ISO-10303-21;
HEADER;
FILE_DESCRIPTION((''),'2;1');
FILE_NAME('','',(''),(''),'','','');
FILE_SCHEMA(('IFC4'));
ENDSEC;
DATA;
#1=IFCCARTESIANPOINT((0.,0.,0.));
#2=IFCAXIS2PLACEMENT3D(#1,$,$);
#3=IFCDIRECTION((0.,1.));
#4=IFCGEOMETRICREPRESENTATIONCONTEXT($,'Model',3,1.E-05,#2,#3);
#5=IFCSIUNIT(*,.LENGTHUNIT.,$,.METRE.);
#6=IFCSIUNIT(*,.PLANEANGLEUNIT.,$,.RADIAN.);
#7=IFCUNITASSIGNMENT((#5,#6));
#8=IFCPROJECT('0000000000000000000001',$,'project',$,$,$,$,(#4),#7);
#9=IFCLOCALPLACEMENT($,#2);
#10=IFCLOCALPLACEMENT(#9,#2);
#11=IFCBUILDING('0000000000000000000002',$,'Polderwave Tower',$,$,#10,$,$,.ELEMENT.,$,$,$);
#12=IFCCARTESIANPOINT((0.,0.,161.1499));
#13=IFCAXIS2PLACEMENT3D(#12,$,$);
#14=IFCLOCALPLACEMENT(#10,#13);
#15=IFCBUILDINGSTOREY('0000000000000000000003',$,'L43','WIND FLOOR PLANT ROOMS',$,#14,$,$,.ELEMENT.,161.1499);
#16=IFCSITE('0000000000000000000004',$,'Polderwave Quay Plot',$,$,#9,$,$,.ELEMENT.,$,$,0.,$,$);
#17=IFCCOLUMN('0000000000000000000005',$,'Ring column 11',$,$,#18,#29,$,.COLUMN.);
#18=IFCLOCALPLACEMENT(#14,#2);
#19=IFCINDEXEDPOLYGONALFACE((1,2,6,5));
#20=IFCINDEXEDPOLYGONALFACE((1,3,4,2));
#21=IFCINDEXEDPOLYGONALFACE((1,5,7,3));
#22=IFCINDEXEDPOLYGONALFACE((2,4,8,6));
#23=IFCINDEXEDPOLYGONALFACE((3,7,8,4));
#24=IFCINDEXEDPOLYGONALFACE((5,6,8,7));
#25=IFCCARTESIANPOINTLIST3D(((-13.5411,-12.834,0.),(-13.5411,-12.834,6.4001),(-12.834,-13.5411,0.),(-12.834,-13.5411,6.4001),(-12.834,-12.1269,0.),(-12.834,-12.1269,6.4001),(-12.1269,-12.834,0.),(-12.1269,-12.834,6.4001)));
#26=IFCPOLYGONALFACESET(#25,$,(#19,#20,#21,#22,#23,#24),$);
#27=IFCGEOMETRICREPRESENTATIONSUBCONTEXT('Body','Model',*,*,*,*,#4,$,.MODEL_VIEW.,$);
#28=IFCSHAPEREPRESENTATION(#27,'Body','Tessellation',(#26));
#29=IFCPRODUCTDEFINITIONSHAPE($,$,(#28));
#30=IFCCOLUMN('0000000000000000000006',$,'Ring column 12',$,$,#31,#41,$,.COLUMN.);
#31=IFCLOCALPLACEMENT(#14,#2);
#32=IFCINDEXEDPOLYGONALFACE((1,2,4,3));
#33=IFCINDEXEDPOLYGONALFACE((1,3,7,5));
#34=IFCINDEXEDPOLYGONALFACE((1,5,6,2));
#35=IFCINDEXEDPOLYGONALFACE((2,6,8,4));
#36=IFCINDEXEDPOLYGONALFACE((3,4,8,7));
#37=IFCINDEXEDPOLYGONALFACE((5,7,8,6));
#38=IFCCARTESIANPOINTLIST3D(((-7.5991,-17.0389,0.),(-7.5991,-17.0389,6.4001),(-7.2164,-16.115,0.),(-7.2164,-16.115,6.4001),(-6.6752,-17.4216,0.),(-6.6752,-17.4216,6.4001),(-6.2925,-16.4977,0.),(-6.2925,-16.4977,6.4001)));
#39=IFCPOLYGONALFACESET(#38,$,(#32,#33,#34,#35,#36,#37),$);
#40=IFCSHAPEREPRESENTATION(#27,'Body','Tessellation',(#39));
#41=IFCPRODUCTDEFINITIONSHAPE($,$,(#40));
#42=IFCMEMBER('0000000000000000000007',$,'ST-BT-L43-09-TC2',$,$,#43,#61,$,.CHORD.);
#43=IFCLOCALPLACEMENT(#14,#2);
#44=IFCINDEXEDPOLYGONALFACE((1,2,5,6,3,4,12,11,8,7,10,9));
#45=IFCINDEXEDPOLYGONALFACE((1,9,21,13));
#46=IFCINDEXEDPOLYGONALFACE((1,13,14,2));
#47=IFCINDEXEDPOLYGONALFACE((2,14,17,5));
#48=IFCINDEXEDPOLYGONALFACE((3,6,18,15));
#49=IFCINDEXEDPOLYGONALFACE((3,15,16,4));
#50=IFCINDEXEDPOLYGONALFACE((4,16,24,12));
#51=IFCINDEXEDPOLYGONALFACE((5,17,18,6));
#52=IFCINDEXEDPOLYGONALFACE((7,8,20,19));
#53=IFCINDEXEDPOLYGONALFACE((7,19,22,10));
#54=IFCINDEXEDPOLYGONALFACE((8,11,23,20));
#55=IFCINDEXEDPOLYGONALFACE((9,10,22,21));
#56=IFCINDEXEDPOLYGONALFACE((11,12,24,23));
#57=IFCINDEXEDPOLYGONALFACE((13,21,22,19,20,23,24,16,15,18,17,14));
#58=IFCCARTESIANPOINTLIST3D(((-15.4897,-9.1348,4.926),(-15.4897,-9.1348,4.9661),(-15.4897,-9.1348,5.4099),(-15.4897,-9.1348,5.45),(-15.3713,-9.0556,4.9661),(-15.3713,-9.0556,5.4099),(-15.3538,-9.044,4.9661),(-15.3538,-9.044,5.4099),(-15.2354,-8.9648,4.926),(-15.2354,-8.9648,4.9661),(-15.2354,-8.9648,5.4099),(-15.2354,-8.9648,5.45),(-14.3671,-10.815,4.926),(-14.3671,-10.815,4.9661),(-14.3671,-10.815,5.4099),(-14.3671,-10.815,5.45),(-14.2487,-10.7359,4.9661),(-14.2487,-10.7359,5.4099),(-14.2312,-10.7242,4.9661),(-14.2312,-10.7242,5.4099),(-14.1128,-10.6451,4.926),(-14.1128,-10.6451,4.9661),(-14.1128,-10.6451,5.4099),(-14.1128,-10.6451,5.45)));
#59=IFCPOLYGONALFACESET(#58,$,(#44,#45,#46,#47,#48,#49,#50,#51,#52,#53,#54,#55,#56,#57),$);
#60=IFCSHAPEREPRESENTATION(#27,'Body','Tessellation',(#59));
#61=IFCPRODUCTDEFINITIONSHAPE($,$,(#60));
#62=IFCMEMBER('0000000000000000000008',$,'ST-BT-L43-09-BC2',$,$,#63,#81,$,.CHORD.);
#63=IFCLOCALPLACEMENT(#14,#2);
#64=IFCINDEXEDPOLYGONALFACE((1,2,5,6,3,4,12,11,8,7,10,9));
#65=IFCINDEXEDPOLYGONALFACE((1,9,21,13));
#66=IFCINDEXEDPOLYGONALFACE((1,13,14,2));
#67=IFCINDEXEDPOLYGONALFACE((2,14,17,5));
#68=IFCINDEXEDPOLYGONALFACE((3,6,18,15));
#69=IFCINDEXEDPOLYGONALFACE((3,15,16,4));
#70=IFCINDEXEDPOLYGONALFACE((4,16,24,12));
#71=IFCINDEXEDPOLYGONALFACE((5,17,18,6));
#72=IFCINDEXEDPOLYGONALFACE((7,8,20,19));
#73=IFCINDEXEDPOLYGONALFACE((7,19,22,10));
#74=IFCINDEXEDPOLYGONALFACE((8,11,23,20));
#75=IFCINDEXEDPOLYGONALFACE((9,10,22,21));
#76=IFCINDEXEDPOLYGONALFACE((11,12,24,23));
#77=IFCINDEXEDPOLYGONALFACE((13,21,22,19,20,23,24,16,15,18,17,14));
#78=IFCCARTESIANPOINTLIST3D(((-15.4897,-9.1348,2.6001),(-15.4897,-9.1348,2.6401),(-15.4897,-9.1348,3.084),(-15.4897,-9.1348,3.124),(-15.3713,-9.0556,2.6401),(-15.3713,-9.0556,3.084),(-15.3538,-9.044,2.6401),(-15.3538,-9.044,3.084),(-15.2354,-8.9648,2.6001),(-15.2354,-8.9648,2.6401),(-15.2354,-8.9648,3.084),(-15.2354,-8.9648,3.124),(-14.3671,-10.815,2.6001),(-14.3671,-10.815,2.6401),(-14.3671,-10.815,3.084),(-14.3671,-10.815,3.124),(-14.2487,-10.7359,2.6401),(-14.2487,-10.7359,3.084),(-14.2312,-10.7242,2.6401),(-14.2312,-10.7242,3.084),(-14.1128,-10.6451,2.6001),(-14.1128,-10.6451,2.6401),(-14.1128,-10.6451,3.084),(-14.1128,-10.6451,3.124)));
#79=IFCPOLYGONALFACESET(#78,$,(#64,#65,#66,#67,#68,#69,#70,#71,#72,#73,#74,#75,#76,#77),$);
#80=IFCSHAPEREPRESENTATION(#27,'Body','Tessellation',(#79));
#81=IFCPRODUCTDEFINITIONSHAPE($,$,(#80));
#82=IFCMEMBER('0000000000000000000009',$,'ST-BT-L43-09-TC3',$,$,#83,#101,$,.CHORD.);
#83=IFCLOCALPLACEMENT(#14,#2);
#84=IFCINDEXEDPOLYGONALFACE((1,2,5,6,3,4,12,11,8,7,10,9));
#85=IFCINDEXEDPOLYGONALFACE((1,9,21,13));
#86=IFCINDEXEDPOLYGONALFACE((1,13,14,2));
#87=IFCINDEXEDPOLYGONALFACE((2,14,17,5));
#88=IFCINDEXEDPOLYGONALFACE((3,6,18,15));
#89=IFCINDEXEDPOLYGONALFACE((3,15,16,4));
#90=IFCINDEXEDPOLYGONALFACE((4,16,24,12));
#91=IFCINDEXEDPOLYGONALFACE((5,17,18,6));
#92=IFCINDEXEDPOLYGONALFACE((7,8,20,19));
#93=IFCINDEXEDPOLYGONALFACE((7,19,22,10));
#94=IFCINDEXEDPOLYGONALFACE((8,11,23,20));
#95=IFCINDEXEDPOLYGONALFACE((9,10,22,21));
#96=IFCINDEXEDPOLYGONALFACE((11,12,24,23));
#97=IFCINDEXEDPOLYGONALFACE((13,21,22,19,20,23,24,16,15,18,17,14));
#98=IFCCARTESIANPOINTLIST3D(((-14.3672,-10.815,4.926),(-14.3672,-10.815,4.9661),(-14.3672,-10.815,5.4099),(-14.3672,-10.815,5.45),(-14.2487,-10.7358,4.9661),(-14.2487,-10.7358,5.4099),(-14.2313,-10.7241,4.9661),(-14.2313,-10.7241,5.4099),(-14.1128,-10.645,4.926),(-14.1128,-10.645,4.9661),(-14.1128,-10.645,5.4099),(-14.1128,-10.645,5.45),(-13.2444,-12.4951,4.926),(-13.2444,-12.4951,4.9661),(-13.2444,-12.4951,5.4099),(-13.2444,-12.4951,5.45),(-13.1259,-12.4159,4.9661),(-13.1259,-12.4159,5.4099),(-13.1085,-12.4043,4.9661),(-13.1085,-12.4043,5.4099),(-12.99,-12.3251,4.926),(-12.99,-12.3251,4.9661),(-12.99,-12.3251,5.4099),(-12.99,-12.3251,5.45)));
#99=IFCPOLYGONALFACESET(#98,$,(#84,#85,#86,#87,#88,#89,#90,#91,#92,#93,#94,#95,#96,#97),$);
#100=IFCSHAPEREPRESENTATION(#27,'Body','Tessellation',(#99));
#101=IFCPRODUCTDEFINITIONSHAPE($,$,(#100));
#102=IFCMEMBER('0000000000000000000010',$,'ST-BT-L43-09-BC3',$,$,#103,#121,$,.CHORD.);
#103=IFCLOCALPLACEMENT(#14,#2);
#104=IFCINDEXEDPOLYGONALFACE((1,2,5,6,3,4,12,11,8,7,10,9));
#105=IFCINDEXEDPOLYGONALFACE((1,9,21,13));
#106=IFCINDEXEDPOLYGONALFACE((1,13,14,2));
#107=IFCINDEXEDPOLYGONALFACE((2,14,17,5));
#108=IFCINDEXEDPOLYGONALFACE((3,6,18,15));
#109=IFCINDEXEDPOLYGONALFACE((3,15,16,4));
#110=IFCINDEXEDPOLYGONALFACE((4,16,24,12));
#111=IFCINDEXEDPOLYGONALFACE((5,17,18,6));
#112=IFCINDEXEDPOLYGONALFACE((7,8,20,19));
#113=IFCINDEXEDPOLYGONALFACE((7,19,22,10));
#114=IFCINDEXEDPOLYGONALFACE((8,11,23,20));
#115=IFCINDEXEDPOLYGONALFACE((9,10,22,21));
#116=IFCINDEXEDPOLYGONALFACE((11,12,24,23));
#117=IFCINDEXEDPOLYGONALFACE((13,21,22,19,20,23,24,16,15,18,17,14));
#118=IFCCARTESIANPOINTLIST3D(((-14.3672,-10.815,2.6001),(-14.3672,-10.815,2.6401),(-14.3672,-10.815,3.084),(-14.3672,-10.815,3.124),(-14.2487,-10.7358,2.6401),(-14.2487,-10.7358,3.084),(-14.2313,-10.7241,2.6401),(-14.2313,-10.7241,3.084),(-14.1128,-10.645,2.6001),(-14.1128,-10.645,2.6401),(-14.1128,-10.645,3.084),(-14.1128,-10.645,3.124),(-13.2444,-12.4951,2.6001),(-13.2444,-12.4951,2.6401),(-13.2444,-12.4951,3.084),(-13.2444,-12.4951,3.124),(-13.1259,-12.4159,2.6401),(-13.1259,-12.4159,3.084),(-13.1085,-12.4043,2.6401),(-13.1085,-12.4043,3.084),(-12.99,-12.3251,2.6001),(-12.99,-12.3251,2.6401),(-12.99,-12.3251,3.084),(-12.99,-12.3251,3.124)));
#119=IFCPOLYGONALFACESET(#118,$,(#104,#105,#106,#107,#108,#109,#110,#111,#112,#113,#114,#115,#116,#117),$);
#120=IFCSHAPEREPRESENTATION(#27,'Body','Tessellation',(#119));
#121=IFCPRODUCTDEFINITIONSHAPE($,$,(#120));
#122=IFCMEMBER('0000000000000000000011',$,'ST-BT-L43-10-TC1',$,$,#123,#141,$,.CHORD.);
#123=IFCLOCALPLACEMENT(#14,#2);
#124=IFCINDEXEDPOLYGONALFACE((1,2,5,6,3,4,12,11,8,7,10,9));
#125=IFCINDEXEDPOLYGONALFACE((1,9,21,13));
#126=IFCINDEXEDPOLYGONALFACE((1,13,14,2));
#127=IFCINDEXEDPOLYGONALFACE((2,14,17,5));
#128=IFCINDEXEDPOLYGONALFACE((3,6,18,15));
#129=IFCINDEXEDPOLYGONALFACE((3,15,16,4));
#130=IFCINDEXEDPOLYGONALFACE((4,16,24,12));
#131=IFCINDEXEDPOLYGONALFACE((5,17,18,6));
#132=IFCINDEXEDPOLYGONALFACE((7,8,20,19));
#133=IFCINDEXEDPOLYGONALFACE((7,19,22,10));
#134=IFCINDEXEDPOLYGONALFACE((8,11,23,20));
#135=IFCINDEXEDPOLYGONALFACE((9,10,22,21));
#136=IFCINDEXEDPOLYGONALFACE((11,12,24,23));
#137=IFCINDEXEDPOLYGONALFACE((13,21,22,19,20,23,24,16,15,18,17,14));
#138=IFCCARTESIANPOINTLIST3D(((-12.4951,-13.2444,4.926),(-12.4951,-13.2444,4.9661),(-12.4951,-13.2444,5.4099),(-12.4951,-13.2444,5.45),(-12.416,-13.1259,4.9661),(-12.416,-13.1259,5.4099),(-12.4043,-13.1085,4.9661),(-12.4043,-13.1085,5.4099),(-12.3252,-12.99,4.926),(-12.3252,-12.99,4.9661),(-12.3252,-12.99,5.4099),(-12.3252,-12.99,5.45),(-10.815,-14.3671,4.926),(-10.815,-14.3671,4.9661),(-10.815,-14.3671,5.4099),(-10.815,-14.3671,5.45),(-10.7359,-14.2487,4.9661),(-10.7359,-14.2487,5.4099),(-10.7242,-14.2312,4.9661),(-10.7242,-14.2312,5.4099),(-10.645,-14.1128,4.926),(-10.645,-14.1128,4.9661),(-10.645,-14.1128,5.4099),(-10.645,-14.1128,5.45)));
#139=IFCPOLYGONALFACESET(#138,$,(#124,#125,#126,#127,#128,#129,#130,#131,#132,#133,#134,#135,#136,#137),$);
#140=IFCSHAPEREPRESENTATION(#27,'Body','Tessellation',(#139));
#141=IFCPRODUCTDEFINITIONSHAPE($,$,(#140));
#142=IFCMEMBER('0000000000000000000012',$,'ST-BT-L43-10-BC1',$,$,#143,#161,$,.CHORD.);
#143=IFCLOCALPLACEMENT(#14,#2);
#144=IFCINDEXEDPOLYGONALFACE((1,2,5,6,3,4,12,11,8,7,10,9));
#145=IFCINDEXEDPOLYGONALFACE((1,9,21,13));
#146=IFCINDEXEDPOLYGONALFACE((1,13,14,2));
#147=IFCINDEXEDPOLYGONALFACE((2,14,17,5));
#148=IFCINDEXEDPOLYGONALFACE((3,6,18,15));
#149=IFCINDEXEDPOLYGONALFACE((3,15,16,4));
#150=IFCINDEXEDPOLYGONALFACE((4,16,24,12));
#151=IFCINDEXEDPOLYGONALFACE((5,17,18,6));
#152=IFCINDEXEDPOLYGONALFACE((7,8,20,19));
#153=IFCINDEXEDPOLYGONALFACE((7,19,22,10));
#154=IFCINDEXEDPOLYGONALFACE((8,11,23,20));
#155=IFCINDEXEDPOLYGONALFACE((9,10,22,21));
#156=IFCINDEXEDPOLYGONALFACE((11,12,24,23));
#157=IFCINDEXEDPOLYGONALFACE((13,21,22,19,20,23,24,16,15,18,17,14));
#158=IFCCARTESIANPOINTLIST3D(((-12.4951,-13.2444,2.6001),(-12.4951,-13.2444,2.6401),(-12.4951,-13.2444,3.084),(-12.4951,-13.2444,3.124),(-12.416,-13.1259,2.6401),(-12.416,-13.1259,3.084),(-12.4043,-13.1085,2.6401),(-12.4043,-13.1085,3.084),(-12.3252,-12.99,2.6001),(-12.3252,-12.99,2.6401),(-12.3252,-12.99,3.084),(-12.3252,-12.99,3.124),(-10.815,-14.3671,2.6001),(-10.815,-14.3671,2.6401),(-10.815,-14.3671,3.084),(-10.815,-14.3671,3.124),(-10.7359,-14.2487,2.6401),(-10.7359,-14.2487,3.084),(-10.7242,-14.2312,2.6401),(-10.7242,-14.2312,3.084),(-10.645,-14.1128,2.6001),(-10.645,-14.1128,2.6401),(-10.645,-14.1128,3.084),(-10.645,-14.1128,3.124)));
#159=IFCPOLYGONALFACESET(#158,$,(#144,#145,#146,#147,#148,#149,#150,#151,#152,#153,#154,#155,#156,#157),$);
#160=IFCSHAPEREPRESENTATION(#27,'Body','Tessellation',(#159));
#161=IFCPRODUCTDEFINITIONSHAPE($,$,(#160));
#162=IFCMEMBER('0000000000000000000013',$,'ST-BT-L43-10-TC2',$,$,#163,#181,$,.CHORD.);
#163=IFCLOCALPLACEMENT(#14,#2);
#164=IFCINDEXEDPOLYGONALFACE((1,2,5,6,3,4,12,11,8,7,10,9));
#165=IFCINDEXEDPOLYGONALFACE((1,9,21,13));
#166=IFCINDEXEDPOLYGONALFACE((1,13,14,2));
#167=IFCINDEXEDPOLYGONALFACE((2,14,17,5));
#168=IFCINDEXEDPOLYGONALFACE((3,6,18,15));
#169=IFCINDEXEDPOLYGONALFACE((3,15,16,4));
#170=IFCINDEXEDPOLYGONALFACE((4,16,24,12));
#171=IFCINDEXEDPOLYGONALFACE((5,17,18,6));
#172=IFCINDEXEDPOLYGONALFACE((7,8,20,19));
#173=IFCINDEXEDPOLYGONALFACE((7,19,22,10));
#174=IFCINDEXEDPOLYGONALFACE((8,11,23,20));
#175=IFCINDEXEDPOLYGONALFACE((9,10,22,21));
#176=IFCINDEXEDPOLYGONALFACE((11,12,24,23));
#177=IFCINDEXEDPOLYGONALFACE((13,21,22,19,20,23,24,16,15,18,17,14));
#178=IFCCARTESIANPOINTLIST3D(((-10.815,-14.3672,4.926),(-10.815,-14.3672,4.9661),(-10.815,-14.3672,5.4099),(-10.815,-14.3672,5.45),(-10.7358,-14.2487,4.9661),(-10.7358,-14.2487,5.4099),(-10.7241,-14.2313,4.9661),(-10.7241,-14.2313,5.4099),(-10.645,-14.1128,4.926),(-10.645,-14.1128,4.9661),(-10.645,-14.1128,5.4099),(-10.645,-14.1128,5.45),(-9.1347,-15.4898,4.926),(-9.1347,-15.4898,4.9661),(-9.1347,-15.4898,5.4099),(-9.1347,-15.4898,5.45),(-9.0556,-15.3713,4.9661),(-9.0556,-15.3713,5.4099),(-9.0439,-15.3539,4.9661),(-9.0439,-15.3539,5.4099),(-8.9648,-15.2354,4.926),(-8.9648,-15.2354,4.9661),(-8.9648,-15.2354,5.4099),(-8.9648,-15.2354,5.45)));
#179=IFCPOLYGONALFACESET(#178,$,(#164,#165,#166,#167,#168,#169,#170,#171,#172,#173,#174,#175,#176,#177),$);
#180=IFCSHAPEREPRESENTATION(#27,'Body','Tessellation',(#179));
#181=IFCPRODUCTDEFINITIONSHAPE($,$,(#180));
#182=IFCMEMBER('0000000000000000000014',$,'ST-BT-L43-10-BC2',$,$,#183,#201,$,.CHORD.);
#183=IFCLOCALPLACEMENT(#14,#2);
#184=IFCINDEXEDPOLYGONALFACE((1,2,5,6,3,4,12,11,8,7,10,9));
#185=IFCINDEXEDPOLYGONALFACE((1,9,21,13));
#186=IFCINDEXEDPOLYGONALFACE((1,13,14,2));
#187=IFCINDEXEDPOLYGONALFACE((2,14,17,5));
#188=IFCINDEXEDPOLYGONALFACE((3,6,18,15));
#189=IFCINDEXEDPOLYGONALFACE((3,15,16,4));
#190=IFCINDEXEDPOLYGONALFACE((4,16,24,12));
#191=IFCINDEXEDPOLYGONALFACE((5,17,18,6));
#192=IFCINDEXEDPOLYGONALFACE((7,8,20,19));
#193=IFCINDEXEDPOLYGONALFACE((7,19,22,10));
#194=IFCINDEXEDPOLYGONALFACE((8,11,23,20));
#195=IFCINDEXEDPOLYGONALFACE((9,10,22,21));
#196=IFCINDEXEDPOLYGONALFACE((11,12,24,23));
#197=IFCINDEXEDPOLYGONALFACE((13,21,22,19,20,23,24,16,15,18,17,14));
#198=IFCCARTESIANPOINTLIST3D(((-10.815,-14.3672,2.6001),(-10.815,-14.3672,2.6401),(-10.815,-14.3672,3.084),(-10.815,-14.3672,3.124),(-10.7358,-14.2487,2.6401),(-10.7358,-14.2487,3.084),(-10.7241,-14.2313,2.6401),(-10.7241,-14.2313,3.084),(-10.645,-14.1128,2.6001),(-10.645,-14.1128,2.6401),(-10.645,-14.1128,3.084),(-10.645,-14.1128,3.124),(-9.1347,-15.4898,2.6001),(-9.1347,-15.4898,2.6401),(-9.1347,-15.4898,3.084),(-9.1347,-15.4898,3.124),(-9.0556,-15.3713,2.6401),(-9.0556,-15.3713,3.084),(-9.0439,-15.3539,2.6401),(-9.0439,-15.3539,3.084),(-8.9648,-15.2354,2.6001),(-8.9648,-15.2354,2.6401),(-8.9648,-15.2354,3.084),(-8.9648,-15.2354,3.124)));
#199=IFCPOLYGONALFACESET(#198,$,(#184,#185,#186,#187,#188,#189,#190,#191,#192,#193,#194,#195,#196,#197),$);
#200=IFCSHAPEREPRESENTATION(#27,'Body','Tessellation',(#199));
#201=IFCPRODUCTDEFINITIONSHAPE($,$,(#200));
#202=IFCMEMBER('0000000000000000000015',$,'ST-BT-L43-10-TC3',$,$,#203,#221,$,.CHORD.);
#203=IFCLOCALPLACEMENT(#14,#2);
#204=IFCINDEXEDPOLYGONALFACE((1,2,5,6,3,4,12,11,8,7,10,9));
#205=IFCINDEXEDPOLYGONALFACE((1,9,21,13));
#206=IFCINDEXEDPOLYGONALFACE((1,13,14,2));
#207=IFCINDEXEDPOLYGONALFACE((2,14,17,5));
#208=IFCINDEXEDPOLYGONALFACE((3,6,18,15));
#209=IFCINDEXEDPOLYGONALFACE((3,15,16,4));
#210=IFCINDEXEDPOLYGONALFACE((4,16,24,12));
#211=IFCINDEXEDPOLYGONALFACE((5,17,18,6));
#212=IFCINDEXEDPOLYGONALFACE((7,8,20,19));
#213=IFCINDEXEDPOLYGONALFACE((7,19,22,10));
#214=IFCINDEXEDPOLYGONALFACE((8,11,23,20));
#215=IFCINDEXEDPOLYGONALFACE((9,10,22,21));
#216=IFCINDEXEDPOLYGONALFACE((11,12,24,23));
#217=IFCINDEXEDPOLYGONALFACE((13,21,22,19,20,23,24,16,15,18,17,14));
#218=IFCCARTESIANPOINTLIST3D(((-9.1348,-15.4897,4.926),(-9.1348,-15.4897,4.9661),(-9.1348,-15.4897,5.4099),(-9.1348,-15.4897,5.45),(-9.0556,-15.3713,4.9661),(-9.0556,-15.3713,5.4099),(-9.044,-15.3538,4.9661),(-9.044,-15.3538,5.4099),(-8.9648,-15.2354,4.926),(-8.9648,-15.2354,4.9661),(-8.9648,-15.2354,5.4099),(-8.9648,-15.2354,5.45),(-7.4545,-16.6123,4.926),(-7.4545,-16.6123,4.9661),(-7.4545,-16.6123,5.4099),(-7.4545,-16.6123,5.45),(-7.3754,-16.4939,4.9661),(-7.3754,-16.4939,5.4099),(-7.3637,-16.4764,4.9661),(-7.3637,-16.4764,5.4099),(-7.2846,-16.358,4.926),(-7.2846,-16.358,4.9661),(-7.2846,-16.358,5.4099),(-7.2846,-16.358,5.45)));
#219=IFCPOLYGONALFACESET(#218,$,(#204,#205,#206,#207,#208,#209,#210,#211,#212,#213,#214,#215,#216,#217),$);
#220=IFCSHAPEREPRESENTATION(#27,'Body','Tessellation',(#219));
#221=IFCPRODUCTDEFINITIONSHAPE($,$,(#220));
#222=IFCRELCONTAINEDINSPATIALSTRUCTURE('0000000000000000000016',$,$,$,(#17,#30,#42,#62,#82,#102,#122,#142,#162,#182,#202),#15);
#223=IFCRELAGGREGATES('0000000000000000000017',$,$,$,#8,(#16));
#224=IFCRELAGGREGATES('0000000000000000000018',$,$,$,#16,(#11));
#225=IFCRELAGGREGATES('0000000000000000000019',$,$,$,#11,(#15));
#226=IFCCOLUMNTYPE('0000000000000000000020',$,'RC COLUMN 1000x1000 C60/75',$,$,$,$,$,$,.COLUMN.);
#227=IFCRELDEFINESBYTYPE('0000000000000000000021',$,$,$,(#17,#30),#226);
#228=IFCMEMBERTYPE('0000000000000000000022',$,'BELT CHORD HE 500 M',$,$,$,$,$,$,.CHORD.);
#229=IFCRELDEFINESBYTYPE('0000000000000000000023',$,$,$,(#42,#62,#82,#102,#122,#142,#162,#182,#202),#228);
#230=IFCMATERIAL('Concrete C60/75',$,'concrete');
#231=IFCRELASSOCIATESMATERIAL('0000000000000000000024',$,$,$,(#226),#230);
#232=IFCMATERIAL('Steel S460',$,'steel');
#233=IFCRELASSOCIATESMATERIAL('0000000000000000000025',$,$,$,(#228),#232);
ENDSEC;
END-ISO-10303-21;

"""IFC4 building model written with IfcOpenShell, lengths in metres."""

from ifc_helpers import new_model, si_unit, direction, frame, origin, origin_2d, place, context, subcontext, project, spatial, rectangle, i_section, extrude, material, material_profile, profile_set, type_object, element, save


model = new_model("IFC4")

# Units and contexts
model_context = context("Model", 3, precision=1e-05, world=origin(), true_north=direction((0.0, 1.0)))
body_context = subcontext(model_context, "Body", "Model", "MODEL_VIEW")
ifc_project = project(units=[si_unit("LENGTHUNIT", "METRE"), si_unit("PLANEANGLEUNIT", "RADIAN")], contexts=[model_context])

# Site, building, storey
site_placement = place(None, origin())
site = spatial("IfcSite", under=ifc_project, at=site_placement, Name="Polderwave Quay Plot", CompositionType="ELEMENT", RefElevation=0.0)
building_placement = place(site_placement, origin())
building = spatial("IfcBuilding", under=site, at=building_placement, Name="Polderwave Tower", CompositionType="ELEMENT")
storey_placement = place(building_placement, frame((0.0, 0.0, 161.1499)))
storey = spatial("IfcBuildingStorey", under=building, at=storey_placement, Name="L43", Description="WIND FLOOR PLANT ROOMS", CompositionType="ELEMENT", Elevation=161.1499)

# Columns
ifc_material_1 = material(Name="Concrete C60/75", Category="concrete")
ifc_material_profile_1 = material_profile(ifc_material_1, rectangle(XDim=1.0, YDim=1.0, at=origin_2d()), Name="RC 1000x1000")
ifc_profile_set_1 = profile_set([ifc_material_profile_1], Name="Concrete C60/75")
column_type = type_object("IfcColumnType", Name="RC COLUMN 1000x1000 C60/75", PredefinedType="COLUMN", material=ifc_profile_set_1)
for number, where, z_axis, x_axis, name in (
    (1, (-12.834, -12.834, 0.0), (0.0, 0.0, 1.0), (-0.707107, -0.707107, 0.0), "Ring column 11"),
    (2, (-6.9458, -16.7683, 0.0), (0.0, 0.0, 1.0), (-0.382683, -0.92388, 0.0), "Ring column 12"),
):
    element("IfcColumn", number, at=place(storey_placement, frame(where, z_axis=z_axis, x_axis=x_axis)), inside=storey, type_object=column_type, Name=name, PredefinedType="COLUMN", context=body_context, shape_type="SweptSolid", body=[
        extrude(rectangle(XDim=1.0, YDim=1.0, at=origin_2d()), origin(), (0.0, 0.0, 1.0), 6.4001),
    ])

# Members
ifc_material_2 = material(Name="Steel S460", Category="steel")
ifc_material_profile_2 = material_profile(ifc_material_2, i_section(OverallWidth=0.3059, OverallDepth=0.5239, WebThickness=0.021, FlangeThickness=0.04, at=origin_2d()), Name="HE 500 M")
ifc_profile_set_2 = profile_set([ifc_material_profile_2], Name="Steel S460")
member_type_1 = type_object("IfcMemberType", Name="BELT CHORD HE 500 M", PredefinedType="CHORD", material=ifc_profile_set_2)
for number, where, z_axis, x_axis, name in (
    (3, (-15.3625, -9.0498, 5.188), (0.555536, -0.831492, 0.0), (0.831492, 0.555536, 0.0), "ST-BT-L43-09-TC2"),
    (4, (-15.3625, -9.0498, 2.8621), (0.555536, -0.831492, 0.0), (0.831492, 0.555536, 0.0), "ST-BT-L43-09-BC2"),
    (5, (-14.24, -10.73, 5.188), (0.55562, -0.831436, 0.0), (0.831436, 0.55562, 0.0), "ST-BT-L43-09-TC3"),
    (6, (-14.24, -10.73, 2.8621), (0.55562, -0.831436, 0.0), (0.831436, 0.55562, 0.0), "ST-BT-L43-09-BC3"),
    (7, (-12.4102, -13.1172, 5.188), (0.831436, -0.55562, 0.0), (0.55562, 0.831436, 0.0), "ST-BT-L43-10-TC1"),
    (8, (-12.4102, -13.1172, 2.8621), (0.831436, -0.55562, 0.0), (0.55562, 0.831436, 0.0), "ST-BT-L43-10-BC1"),
    (9, (-10.73, -14.24, 5.188), (0.831492, -0.555536, 0.0), (0.555536, 0.831492, 0.0), "ST-BT-L43-10-TC2"),
    (10, (-10.73, -14.24, 2.8621), (0.831492, -0.555536, 0.0), (0.555536, 0.831492, 0.0), "ST-BT-L43-10-BC2"),
    (11, (-9.0498, -15.3625, 5.188), (0.831492, -0.555536, 0.0), (0.555536, 0.831492, 0.0), "ST-BT-L43-10-TC3"),
):
    element("IfcMember", number, at=place(storey_placement, frame(where, z_axis=z_axis, x_axis=x_axis)), inside=storey, type_object=member_type_1, Name=name, PredefinedType="CHORD", context=body_context, shape_type="SweptSolid", body=[
        extrude(i_section(OverallWidth=0.3059, OverallDepth=0.5239, WebThickness=0.021, FlangeThickness=0.04, at=origin_2d()), origin(), (0.0, 0.0, 1.0), 2.0208),
    ])

save(model, "model.ifc")
